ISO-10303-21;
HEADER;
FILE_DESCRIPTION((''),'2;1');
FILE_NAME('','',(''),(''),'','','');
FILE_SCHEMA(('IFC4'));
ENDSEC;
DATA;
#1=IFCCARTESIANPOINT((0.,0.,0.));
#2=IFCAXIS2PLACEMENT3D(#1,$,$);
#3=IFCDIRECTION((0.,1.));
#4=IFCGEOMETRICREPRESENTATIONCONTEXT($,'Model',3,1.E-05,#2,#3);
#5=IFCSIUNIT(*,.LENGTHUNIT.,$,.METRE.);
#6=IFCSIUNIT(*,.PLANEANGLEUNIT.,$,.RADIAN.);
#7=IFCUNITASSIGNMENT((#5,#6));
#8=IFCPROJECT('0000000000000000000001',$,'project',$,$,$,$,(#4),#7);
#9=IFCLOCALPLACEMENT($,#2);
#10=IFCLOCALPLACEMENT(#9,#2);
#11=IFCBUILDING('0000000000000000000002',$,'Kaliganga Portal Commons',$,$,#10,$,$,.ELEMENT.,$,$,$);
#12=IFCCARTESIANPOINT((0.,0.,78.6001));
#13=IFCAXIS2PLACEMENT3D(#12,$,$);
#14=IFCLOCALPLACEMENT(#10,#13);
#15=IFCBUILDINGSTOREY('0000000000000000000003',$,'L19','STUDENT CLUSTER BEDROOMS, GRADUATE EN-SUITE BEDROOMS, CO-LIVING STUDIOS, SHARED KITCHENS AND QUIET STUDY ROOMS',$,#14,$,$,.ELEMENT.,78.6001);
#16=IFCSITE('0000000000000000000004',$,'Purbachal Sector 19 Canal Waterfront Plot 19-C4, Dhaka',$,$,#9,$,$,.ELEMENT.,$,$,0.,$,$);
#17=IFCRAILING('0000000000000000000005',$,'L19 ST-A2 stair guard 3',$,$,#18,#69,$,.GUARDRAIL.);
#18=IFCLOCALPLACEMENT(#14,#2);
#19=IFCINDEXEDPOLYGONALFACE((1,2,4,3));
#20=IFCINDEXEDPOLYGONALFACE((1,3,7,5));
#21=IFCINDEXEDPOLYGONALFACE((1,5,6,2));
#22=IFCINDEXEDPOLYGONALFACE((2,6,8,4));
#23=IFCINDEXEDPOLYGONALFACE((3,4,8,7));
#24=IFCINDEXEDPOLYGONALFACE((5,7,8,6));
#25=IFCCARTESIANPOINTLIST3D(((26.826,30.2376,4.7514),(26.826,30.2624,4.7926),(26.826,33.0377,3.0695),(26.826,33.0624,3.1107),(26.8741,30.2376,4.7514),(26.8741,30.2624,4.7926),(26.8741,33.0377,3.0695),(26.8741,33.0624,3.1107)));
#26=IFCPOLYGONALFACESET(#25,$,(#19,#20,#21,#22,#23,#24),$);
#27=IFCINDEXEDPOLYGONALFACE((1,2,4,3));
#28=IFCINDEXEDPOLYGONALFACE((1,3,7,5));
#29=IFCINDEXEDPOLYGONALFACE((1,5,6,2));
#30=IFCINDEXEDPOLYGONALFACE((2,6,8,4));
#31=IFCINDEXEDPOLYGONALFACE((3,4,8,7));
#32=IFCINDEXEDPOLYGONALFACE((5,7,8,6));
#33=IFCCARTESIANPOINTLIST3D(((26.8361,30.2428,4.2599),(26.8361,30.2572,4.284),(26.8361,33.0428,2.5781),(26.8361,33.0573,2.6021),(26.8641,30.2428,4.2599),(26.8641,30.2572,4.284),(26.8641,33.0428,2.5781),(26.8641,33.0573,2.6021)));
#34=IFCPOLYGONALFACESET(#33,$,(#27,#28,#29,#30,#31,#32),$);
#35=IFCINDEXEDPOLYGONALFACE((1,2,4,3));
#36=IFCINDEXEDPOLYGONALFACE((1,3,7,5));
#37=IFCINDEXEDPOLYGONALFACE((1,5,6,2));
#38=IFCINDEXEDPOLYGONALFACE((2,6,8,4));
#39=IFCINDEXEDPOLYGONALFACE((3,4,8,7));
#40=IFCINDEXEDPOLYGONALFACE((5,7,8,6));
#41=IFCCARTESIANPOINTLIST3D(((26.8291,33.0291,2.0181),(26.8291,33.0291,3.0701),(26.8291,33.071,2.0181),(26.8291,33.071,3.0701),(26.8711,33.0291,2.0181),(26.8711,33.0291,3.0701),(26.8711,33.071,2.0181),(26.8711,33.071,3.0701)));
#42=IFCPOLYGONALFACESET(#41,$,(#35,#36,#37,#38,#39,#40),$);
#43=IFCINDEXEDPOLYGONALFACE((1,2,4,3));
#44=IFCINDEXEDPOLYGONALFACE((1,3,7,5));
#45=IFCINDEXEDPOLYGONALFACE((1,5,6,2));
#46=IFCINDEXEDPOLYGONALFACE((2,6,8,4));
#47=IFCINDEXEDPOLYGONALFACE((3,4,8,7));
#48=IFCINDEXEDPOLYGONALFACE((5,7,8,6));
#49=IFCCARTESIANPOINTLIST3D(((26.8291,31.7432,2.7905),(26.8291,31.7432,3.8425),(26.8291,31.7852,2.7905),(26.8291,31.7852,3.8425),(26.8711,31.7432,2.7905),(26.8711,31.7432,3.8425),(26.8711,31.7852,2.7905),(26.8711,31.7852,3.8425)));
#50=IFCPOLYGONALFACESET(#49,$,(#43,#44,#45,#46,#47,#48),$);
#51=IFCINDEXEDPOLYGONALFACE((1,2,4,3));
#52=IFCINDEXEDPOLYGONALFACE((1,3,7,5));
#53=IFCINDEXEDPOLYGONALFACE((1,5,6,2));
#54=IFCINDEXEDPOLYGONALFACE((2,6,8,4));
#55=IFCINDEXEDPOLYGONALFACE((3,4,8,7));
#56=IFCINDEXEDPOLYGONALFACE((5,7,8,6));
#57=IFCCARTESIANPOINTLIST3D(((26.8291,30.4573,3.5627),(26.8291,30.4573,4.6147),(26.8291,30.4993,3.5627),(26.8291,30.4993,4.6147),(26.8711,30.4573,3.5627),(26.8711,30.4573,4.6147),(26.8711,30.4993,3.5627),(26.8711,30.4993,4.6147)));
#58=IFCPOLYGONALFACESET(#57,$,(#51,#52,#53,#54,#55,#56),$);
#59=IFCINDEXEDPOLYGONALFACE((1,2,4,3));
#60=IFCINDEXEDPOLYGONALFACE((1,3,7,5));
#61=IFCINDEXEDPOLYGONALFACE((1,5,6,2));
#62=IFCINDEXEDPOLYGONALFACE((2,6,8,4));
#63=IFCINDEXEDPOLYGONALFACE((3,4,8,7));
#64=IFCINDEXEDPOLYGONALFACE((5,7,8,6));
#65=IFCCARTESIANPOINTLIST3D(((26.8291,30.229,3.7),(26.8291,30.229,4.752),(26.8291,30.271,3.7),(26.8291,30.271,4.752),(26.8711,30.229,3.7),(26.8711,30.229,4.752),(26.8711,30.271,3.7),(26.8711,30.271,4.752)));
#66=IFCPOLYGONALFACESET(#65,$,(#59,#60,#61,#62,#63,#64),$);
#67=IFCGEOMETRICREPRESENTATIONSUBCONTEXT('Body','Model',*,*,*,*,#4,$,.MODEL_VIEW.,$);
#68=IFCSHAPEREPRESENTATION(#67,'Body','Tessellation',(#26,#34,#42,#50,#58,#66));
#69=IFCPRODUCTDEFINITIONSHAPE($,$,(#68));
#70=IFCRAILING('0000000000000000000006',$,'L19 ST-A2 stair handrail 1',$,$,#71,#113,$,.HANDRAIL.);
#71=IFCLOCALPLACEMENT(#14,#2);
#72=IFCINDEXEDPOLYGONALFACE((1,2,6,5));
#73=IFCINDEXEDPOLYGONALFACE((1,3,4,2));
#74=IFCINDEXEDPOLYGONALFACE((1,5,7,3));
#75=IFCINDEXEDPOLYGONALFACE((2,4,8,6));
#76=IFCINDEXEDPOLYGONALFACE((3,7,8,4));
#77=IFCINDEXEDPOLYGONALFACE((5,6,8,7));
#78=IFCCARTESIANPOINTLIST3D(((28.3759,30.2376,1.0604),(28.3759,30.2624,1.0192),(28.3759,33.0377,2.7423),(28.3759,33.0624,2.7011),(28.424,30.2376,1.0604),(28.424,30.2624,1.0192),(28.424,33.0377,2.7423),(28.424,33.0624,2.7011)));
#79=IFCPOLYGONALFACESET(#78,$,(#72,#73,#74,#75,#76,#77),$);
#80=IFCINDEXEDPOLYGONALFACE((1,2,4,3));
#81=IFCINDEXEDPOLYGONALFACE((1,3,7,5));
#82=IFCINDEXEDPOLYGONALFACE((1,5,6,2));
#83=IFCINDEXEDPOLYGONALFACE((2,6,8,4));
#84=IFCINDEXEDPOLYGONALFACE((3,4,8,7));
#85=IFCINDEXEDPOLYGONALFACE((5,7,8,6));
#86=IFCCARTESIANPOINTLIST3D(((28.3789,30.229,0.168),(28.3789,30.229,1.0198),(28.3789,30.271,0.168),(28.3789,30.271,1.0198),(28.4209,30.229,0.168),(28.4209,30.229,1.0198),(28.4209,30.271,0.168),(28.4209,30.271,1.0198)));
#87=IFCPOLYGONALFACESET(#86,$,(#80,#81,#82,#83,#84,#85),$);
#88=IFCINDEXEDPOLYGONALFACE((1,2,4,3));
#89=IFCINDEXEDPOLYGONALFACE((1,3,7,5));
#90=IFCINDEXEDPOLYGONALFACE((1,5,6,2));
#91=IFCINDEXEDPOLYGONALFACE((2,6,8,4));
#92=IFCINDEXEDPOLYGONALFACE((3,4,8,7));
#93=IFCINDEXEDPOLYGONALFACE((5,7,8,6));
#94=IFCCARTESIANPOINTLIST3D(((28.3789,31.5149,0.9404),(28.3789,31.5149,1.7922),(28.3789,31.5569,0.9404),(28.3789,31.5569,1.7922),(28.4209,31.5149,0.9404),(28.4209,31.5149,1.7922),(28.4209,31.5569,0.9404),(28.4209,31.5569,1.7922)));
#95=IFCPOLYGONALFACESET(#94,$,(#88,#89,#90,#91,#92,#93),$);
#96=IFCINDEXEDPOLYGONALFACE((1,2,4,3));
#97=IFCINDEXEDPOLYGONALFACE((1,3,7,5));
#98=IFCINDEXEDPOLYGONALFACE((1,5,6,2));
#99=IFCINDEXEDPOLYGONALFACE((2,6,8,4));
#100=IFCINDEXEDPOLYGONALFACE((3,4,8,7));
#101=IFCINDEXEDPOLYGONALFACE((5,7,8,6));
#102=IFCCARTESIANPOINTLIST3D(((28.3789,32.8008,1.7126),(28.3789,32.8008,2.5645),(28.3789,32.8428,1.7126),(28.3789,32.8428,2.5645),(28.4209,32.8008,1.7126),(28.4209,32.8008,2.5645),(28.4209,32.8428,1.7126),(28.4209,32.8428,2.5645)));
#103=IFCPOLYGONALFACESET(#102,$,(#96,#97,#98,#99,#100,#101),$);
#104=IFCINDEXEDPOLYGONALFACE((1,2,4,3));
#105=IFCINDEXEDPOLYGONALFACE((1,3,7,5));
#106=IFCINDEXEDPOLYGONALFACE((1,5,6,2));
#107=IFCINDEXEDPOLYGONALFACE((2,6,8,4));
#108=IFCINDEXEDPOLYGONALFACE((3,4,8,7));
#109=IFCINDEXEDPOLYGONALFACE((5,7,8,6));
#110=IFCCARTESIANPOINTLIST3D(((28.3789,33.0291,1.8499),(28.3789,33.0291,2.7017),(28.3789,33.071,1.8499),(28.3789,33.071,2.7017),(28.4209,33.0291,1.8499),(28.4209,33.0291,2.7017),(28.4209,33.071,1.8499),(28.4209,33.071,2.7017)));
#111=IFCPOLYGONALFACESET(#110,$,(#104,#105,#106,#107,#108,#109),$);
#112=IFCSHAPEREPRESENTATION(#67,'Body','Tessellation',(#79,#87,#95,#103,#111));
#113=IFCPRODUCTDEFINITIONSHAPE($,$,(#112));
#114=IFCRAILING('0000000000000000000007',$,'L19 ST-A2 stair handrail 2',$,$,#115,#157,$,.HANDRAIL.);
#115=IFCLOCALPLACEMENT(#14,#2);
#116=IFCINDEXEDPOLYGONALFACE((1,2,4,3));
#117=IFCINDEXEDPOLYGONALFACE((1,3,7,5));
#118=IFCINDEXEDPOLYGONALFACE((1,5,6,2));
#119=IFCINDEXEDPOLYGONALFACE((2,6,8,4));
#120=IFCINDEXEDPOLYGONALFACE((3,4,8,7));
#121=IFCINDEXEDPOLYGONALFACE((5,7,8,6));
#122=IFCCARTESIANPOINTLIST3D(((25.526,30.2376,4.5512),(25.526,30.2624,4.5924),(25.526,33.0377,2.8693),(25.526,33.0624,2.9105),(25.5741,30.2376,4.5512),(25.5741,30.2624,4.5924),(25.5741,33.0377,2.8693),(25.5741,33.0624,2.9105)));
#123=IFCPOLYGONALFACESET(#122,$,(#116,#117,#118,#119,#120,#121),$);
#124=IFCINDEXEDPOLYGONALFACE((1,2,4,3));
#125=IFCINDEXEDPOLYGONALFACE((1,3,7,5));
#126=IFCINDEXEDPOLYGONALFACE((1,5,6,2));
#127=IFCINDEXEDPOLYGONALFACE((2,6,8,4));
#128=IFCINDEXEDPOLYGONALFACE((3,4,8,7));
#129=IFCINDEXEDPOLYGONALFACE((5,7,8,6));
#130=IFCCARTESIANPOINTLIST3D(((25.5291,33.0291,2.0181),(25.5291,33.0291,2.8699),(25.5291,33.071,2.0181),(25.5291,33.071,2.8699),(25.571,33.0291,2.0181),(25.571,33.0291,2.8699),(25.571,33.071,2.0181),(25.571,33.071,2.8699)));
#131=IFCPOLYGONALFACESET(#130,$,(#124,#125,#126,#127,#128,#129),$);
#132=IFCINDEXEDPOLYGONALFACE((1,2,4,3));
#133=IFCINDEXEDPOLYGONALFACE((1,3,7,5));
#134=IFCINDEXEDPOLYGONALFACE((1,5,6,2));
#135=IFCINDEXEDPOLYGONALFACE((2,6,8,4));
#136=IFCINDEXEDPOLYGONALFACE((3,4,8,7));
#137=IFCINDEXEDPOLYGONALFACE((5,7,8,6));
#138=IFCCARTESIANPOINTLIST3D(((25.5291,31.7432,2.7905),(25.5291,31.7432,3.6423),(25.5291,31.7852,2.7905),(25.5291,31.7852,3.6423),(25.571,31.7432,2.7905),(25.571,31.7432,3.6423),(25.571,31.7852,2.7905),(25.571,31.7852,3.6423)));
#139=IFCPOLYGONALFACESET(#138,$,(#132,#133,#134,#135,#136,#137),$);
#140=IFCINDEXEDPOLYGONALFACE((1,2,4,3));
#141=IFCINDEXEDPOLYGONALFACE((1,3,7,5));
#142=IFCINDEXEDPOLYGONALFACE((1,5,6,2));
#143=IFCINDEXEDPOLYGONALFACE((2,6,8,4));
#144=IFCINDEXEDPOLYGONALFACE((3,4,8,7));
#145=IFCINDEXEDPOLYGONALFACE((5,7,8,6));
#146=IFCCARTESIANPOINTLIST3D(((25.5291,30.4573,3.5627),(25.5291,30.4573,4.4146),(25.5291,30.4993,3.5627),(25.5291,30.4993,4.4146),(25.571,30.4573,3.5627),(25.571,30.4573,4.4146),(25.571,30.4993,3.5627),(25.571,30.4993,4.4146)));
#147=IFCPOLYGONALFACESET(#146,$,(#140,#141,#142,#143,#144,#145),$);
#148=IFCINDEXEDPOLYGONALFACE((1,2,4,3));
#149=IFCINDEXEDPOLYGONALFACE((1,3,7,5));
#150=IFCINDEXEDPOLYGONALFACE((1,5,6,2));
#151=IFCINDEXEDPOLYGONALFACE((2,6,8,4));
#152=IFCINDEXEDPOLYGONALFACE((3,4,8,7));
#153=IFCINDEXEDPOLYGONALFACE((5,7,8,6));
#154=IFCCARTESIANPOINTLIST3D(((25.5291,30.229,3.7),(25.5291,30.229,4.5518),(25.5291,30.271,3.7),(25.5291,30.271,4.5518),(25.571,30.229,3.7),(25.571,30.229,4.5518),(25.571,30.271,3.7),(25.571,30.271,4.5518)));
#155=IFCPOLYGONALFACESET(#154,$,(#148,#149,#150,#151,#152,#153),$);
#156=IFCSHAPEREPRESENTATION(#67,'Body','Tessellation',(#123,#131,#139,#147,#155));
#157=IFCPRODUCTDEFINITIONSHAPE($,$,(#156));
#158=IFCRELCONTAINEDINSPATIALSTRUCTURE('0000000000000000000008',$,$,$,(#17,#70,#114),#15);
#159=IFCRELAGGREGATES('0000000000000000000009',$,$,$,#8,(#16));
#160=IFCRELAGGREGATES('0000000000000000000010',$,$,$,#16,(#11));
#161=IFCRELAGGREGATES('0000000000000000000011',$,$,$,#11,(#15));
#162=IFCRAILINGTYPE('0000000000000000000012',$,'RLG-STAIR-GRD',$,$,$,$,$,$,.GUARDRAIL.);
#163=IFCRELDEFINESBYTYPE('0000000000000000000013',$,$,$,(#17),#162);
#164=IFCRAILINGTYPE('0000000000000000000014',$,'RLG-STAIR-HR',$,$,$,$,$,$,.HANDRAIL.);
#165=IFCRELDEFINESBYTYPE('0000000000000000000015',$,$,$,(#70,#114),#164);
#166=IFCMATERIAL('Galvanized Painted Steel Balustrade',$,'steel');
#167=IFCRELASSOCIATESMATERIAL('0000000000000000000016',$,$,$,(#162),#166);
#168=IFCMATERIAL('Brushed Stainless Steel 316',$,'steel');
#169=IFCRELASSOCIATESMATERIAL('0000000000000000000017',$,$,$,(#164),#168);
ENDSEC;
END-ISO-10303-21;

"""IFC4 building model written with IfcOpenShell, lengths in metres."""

from ifc_helpers import new_model, si_unit, direction, frame, origin, origin_2d, place, context, subcontext, project, spatial, rectangle, extrude, material, type_object, element, save


model = new_model("IFC4")

# Units and contexts
model_context = context("Model", 3, precision=1e-05, world=origin(), true_north=direction((0.0, 1.0)))
body_context = subcontext(model_context, "Body", "Model", "MODEL_VIEW")
ifc_project = project(units=[si_unit("LENGTHUNIT", "METRE"), si_unit("PLANEANGLEUNIT", "RADIAN")], contexts=[model_context])

# Site, building, storey
site_placement = place(None, origin())
site = spatial("IfcSite", under=ifc_project, at=site_placement, Name="Purbachal Sector 19 Canal Waterfront Plot 19-C4, Dhaka", CompositionType="ELEMENT", RefElevation=0.0)
building_placement = place(site_placement, origin())
building = spatial("IfcBuilding", under=site, at=building_placement, Name="Kaliganga Portal Commons", CompositionType="ELEMENT")
storey_placement = place(building_placement, frame((0.0, 0.0, 78.6001)))
storey = spatial("IfcBuildingStorey", under=building, at=storey_placement, Name="L19", Description="STUDENT CLUSTER BEDROOMS, GRADUATE EN-SUITE BEDROOMS, CO-LIVING STUDIOS, SHARED KITCHENS AND QUIET STUDY ROOMS", CompositionType="ELEMENT", Elevation=78.6001)

# Railings
ifc_material_1 = material(Name="Galvanized Painted Steel Balustrade", Category="steel")
railing_type_1 = type_object("IfcRailingType", Name="RLG-STAIR-GRD", PredefinedType="GUARDRAIL", material=ifc_material_1)
railing_1_placement = place(storey_placement, frame((26.8501, 33.05, 2.0181)))
element("IfcRailing", 1, at=railing_1_placement, inside=storey, type_object=railing_type_1, Name="L19 ST-A2 stair guard 3", PredefinedType="GUARDRAIL", context=body_context, shape_type="SweptSolid", body=[
    extrude(rectangle(XDim=0.0481, YDim=0.0481, at=origin_2d()), frame((0.0, 0.0, 1.072), z_axis=(0.0, -0.857242, 0.514913), x_axis=(1.0, 0.0, 0.0)), (0.0, 0.0, 1.0), 3.2664),
    extrude(rectangle(XDim=0.0281, YDim=0.0281, at=origin_2d()), frame((0.0, 0.0, 0.572), z_axis=(0.0, -0.857242, 0.514913), x_axis=(1.0, 0.0, 0.0)), (0.0, 0.0, 1.0), 3.2664),
    extrude(rectangle(XDim=0.042, YDim=0.042, at=origin_2d()), origin(), (0.0, 0.0, 1.0), 1.052),
    extrude(rectangle(XDim=0.042, YDim=0.042, at=origin_2d()), frame((0.0, -1.2859, 0.7725)), (0.0, 0.0, 1.0), 1.052),
    extrude(rectangle(XDim=0.042, YDim=0.042, at=origin_2d()), frame((0.0, -2.5718, 1.5447)), (0.0, 0.0, 1.0), 1.052),
    extrude(rectangle(XDim=0.042, YDim=0.042, at=origin_2d()), frame((0.0, -2.8, 1.6819)), (0.0, 0.0, 1.0), 1.052),
])
ifc_material_2 = material(Name="Brushed Stainless Steel 316", Category="steel")
railing_type_2 = type_object("IfcRailingType", Name="RLG-STAIR-HR", PredefinedType="HANDRAIL", material=ifc_material_2)
railing_2_placement = place(storey_placement, frame((28.3999, 30.25, 0.168)))
element("IfcRailing", 2, at=railing_2_placement, inside=storey, type_object=railing_type_2, Name="L19 ST-A2 stair handrail 1", PredefinedType="HANDRAIL", context=body_context, shape_type="SweptSolid", body=[
    extrude(rectangle(XDim=0.0481, YDim=0.0481, at=origin_2d()), frame((0.0, 0.0, 0.8718), z_axis=(0.0, 0.857242, 0.514913), x_axis=(-1.0, 0.0, 0.0)), (0.0, 0.0, 1.0), 3.2664),
    extrude(rectangle(XDim=0.042, YDim=0.042, at=origin_2d()), origin(), (0.0, 0.0, 1.0), 0.8518),
    extrude(rectangle(XDim=0.042, YDim=0.042, at=origin_2d()), frame((0.0, 1.2859, 0.7725)), (0.0, 0.0, 1.0), 0.8518),
    extrude(rectangle(XDim=0.042, YDim=0.042, at=origin_2d()), frame((0.0, 2.5718, 1.5447)), (0.0, 0.0, 1.0), 0.8518),
    extrude(rectangle(XDim=0.042, YDim=0.042, at=origin_2d()), frame((0.0, 2.8, 1.6819)), (0.0, 0.0, 1.0), 0.8518),
])
railing_3_placement = place(storey_placement, frame((25.55, 33.05, 2.0181)))
element("IfcRailing", 3, at=railing_3_placement, inside=storey, type_object=railing_type_2, Name="L19 ST-A2 stair handrail 2", PredefinedType="HANDRAIL", context=body_context, shape_type="SweptSolid", body=[
    extrude(rectangle(XDim=0.0481, YDim=0.0481, at=origin_2d()), frame((0.0, 0.0, 0.8718), z_axis=(0.0, -0.857242, 0.514913), x_axis=(1.0, 0.0, 0.0)), (0.0, 0.0, 1.0), 3.2664),
    extrude(rectangle(XDim=0.042, YDim=0.042, at=origin_2d()), origin(), (0.0, 0.0, 1.0), 0.8518),
    extrude(rectangle(XDim=0.042, YDim=0.042, at=origin_2d()), frame((0.0, -1.2859, 0.7725)), (0.0, 0.0, 1.0), 0.8518),
    extrude(rectangle(XDim=0.042, YDim=0.042, at=origin_2d()), frame((0.0, -2.5718, 1.5447)), (0.0, 0.0, 1.0), 0.8518),
    extrude(rectangle(XDim=0.042, YDim=0.042, at=origin_2d()), frame((0.0, -2.8, 1.6819)), (0.0, 0.0, 1.0), 0.8518),
])

save(model, "model.ifc")
